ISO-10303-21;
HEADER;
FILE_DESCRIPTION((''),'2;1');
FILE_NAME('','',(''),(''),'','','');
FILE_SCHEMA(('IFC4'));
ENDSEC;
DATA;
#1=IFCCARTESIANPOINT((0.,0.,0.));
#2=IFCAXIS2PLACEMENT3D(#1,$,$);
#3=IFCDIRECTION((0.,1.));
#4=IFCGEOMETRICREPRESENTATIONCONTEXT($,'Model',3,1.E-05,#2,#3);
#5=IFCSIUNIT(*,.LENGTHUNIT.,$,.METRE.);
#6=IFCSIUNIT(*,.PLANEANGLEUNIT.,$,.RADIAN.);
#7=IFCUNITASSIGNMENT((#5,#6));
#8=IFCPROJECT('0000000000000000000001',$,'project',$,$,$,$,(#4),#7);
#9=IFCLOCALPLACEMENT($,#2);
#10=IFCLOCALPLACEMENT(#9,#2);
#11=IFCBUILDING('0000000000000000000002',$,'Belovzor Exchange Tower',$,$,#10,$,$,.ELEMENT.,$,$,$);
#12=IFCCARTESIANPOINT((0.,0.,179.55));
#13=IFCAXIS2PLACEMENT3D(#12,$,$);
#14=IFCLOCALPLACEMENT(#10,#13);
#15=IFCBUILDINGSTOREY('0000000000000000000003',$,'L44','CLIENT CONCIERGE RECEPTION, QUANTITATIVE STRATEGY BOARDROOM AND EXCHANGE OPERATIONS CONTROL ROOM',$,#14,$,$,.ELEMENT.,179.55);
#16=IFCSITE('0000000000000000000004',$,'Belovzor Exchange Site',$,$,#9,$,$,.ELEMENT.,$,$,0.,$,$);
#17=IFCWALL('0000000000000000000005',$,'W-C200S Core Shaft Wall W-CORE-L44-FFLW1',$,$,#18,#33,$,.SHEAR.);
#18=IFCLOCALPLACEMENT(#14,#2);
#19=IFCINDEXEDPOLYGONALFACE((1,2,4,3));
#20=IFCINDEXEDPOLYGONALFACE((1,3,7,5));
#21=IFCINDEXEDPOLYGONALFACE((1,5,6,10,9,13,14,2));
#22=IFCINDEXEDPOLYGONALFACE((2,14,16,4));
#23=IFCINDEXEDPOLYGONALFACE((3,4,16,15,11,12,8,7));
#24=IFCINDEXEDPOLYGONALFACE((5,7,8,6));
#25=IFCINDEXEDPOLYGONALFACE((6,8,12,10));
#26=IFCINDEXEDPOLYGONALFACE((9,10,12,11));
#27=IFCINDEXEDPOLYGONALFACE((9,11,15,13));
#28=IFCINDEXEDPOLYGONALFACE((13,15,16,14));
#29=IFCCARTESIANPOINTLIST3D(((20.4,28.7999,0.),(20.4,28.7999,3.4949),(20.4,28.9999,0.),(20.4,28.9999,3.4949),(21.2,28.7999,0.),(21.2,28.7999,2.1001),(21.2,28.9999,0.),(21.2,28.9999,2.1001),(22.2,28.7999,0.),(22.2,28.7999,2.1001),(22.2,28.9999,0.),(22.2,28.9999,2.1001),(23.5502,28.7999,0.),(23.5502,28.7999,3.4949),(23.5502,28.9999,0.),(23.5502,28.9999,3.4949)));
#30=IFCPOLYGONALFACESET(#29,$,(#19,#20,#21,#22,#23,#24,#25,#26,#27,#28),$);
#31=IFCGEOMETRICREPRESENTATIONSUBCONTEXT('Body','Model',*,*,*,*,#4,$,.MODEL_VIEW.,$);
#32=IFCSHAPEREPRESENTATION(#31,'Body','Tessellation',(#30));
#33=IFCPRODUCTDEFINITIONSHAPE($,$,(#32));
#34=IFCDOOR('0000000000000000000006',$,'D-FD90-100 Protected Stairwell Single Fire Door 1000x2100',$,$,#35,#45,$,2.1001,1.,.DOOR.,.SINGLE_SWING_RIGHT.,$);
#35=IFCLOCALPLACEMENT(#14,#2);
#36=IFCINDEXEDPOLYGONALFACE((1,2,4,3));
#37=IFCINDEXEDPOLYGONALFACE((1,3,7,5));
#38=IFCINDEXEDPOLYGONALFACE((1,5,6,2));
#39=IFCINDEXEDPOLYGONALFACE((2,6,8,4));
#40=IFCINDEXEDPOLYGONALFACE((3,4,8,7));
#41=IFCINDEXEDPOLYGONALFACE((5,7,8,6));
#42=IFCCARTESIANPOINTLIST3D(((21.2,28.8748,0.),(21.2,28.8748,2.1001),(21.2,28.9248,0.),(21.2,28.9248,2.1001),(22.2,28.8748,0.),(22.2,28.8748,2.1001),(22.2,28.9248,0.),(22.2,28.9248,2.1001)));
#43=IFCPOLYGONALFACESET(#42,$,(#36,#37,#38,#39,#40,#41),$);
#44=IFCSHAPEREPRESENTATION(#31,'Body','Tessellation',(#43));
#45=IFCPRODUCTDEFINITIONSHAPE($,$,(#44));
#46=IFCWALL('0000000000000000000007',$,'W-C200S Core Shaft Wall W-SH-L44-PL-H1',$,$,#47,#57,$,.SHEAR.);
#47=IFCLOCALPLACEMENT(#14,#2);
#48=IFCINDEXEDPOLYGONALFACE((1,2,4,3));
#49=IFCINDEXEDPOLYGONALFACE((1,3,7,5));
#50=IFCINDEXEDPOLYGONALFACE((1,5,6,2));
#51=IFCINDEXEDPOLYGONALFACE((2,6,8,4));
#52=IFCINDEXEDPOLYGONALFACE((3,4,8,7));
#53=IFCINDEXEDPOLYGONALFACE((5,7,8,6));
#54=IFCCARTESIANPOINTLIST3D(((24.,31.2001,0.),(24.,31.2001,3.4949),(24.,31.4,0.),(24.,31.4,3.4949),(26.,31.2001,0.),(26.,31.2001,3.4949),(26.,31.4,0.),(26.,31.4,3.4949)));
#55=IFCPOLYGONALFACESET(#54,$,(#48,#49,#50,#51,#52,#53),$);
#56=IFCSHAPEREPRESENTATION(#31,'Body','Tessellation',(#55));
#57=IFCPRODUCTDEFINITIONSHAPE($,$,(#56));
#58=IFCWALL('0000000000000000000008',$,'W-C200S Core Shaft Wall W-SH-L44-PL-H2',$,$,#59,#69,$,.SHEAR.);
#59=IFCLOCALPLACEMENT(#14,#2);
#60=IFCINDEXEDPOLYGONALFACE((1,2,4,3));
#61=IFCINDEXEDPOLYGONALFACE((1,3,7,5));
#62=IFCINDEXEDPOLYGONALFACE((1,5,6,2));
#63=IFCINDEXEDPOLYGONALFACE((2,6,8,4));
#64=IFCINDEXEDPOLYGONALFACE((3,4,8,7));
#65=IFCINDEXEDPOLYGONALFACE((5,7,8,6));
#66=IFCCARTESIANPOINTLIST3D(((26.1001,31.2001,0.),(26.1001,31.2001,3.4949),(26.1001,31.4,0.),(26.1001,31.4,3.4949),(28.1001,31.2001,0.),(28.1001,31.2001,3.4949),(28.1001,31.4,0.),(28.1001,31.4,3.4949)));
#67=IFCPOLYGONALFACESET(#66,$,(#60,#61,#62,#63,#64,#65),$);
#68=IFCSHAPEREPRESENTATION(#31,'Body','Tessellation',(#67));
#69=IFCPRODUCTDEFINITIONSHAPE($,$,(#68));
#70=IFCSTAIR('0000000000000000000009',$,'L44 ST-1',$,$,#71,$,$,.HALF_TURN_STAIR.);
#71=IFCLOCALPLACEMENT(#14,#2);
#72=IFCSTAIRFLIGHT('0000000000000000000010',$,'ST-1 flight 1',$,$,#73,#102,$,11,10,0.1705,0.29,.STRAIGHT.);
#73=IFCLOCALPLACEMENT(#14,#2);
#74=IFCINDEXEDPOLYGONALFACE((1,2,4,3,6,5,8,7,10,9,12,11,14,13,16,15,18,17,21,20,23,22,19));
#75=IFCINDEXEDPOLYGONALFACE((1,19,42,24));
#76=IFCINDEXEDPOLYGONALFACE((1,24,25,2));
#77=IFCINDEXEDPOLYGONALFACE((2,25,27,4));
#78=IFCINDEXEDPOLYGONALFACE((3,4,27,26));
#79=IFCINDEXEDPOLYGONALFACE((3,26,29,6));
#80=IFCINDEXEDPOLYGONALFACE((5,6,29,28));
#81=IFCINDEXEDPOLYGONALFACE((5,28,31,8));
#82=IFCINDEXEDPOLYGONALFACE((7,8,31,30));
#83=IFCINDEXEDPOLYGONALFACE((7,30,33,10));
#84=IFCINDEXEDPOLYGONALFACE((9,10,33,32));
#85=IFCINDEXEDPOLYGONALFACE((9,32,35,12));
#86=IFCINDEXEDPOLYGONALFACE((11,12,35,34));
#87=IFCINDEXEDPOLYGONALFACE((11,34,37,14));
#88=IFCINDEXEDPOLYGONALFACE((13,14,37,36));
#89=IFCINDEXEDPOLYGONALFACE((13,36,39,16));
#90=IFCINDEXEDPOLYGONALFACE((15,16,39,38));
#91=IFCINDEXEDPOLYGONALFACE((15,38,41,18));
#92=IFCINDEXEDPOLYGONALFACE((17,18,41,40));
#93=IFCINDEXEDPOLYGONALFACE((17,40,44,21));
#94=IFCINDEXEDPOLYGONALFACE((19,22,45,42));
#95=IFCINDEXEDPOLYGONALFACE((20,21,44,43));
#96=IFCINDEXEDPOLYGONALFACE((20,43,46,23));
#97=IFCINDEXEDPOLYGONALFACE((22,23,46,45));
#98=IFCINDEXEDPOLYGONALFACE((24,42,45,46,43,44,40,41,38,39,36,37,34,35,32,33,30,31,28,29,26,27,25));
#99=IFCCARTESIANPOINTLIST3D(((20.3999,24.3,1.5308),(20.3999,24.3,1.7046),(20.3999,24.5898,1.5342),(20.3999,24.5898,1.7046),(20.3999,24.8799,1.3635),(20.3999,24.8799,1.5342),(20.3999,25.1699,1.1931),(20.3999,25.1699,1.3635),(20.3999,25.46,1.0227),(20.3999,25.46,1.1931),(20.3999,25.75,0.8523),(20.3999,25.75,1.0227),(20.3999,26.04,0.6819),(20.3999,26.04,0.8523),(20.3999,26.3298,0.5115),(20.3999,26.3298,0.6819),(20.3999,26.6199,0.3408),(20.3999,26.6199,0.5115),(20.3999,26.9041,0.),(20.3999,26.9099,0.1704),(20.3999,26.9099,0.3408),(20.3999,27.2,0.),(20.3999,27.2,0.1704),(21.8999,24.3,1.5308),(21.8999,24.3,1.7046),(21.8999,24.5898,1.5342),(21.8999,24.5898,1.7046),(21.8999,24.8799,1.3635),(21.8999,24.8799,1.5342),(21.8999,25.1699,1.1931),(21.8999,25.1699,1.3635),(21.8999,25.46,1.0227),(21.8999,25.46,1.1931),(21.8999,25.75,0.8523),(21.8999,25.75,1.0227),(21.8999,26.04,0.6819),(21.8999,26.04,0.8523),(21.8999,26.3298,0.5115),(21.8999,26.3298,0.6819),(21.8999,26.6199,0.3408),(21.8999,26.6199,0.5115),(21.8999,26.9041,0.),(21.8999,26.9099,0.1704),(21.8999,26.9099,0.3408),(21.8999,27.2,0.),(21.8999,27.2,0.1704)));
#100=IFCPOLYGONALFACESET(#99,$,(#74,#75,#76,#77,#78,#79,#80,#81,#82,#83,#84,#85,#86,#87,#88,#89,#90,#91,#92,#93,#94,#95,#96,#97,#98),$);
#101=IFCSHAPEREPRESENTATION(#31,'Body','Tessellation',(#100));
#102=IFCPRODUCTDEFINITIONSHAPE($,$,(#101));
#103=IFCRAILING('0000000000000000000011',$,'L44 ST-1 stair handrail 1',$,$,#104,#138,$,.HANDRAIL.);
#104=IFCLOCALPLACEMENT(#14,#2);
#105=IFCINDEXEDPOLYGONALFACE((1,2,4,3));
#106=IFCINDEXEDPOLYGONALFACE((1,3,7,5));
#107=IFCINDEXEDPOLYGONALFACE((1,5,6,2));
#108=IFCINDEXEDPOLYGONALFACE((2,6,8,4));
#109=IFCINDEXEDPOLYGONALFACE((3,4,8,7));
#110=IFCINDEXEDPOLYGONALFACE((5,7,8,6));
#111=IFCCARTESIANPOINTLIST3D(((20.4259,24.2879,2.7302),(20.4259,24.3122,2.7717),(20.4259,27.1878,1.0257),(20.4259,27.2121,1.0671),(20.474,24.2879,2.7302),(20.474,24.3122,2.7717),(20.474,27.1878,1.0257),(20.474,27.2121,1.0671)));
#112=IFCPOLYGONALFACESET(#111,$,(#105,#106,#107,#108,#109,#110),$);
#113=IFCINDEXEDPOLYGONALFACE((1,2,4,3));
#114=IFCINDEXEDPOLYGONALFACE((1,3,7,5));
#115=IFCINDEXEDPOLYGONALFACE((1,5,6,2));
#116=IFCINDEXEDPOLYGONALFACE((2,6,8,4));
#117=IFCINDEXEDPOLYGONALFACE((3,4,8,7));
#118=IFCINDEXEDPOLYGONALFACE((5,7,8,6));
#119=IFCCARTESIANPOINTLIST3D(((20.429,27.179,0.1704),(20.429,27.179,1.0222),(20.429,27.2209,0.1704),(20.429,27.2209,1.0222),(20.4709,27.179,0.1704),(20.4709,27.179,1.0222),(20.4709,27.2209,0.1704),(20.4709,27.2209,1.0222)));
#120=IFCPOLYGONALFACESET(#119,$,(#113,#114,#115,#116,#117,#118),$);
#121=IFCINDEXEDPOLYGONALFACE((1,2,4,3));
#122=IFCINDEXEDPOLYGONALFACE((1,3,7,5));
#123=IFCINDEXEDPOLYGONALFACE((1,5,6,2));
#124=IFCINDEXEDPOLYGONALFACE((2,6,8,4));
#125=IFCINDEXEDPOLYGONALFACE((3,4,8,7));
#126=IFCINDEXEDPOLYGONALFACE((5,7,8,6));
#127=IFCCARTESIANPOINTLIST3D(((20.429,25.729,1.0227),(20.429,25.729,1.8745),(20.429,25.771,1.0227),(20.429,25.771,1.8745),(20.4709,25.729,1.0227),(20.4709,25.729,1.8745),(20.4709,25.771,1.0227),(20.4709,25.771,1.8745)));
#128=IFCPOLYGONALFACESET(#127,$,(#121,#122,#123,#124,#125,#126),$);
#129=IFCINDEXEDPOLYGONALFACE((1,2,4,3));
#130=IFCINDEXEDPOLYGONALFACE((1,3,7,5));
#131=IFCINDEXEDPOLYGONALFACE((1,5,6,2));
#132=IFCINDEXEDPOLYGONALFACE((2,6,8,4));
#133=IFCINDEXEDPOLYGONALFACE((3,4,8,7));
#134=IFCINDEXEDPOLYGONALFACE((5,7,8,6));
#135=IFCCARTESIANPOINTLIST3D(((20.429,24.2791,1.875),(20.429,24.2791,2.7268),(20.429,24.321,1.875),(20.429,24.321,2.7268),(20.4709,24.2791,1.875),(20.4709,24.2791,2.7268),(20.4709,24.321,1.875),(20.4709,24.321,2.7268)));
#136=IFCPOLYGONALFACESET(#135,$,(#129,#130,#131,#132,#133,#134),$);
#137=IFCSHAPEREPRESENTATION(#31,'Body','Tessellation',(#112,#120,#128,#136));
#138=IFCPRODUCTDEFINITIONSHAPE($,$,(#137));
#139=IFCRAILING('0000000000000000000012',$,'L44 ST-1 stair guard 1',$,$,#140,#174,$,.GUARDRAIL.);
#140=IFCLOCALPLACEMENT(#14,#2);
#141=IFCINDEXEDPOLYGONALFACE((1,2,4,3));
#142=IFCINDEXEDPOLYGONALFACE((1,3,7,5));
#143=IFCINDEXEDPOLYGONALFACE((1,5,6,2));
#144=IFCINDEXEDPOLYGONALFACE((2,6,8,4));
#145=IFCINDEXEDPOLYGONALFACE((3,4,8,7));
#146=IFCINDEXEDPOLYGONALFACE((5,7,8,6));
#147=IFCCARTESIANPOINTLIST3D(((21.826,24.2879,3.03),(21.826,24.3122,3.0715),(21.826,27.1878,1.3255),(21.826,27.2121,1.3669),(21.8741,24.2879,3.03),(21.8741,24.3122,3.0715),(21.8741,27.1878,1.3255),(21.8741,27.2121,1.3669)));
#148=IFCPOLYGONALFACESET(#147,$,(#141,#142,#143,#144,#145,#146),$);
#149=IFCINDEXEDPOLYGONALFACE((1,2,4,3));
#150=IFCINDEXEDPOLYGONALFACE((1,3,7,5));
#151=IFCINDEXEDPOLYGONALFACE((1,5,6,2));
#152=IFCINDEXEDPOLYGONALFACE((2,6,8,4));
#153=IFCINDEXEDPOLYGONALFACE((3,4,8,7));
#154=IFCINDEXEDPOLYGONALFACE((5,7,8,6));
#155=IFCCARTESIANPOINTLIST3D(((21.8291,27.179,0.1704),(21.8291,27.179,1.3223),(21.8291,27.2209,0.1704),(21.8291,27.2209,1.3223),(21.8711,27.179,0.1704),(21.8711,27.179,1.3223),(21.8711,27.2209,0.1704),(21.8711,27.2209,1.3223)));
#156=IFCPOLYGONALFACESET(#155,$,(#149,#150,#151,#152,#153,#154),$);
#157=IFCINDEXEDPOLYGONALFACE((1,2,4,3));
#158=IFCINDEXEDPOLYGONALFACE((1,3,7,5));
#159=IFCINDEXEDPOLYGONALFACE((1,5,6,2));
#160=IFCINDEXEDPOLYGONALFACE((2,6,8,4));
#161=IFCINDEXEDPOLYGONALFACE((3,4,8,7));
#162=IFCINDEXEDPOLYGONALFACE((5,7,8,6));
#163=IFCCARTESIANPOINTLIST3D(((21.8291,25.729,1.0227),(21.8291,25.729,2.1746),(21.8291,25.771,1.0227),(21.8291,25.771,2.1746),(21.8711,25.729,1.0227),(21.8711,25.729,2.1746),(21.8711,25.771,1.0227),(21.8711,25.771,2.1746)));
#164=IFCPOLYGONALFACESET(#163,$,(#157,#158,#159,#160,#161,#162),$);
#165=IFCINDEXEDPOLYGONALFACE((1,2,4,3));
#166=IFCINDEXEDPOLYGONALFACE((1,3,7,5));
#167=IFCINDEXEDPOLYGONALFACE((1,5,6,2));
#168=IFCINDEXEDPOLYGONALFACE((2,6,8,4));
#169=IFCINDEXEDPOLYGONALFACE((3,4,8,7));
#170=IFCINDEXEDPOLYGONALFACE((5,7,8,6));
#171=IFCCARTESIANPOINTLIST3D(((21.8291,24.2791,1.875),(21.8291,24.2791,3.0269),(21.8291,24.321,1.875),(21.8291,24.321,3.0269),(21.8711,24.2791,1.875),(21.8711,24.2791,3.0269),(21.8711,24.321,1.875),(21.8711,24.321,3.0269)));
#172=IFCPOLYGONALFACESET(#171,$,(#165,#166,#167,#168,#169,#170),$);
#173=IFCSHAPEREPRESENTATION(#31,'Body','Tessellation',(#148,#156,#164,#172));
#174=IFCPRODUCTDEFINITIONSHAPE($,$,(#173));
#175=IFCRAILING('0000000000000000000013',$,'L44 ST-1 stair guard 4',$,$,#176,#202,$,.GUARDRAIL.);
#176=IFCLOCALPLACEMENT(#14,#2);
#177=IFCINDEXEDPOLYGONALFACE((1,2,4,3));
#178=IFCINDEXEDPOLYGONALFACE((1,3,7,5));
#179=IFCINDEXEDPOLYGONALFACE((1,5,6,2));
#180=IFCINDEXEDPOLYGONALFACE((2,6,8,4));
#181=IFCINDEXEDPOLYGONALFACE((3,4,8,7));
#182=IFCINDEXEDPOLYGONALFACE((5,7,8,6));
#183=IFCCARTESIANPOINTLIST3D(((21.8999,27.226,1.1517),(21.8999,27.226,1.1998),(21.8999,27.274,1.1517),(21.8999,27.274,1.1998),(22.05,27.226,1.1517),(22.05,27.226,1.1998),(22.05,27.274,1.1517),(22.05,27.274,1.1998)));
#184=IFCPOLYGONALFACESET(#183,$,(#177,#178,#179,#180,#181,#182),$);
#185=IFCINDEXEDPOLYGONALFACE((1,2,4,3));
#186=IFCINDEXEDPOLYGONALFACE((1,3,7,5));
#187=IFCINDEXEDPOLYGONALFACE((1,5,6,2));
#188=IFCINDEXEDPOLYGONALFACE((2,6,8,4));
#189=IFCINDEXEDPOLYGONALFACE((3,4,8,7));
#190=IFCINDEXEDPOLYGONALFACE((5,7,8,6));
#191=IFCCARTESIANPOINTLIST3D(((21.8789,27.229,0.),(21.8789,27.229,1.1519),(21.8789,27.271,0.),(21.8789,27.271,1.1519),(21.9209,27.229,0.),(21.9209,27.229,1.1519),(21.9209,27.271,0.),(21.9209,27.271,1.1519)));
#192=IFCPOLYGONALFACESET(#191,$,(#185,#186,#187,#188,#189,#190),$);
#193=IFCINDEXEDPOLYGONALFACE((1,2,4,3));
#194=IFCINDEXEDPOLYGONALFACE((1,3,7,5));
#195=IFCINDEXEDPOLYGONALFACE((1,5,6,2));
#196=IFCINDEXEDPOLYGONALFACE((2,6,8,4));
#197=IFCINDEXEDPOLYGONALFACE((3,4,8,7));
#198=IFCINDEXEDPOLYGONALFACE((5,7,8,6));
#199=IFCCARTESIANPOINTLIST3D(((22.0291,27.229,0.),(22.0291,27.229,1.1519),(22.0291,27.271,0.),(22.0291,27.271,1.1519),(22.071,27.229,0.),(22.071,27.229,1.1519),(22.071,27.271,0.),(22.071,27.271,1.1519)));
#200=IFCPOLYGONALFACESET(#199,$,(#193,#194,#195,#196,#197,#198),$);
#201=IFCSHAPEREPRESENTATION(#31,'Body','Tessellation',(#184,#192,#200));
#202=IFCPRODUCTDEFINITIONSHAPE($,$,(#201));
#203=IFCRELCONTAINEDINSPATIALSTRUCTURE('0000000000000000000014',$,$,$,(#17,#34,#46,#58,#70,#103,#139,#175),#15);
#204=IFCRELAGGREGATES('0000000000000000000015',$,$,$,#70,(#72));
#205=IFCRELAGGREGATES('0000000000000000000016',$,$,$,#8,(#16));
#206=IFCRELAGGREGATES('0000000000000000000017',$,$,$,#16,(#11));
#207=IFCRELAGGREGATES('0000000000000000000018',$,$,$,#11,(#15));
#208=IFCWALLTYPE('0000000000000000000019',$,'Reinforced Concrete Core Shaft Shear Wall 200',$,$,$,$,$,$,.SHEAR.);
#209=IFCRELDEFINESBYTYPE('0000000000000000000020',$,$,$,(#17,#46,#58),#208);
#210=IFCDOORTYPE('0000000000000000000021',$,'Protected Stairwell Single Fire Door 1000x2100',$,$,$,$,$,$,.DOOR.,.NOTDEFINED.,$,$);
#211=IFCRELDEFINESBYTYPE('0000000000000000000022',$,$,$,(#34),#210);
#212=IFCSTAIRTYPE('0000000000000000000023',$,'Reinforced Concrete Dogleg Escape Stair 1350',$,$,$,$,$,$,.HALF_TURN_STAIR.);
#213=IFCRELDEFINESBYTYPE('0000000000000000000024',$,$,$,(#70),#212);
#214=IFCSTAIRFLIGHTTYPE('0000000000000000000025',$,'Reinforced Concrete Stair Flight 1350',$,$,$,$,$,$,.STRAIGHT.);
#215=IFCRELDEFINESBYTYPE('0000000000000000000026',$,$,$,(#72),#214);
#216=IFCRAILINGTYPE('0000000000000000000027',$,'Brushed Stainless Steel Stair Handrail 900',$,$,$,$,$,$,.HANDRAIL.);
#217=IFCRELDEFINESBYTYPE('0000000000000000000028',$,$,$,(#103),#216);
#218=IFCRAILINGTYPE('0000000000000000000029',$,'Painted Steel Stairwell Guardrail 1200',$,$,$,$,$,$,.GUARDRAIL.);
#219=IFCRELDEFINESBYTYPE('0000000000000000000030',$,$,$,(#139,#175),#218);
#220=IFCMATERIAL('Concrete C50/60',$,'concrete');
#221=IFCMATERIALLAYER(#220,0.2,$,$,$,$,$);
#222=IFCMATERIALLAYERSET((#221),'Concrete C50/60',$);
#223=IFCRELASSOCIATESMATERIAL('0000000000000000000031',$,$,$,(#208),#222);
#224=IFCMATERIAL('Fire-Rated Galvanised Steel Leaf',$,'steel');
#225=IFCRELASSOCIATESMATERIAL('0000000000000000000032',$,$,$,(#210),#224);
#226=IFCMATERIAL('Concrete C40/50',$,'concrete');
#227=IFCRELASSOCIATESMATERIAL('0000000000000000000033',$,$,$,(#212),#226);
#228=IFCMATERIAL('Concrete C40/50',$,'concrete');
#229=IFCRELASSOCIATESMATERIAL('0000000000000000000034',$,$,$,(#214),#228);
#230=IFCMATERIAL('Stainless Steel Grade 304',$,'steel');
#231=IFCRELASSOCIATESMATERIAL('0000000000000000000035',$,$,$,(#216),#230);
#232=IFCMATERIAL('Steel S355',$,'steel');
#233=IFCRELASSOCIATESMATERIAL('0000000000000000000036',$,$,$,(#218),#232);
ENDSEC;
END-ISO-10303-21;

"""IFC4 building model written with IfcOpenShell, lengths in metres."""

from ifc_helpers import new_model, si_unit, direction, frame, frame_2d, origin, origin_2d, place, context, subcontext, project, spatial, polyline, rectangle, outline, extrude, material, layer, layer_set, type_object, element, fill, aggregate, save


model = new_model("IFC4")

# Units and contexts
model_context = context("Model", 3, precision=1e-05, world=origin(), true_north=direction((0.0, 1.0)))
body_context = subcontext(model_context, "Body", "Model", "MODEL_VIEW")
ifc_project = project(units=[si_unit("LENGTHUNIT", "METRE"), si_unit("PLANEANGLEUNIT", "RADIAN")], contexts=[model_context])

# Site, building, storey
site_placement = place(None, origin())
site = spatial("IfcSite", under=ifc_project, at=site_placement, Name="Belovzor Exchange Site", CompositionType="ELEMENT", RefElevation=0.0)
building_placement = place(site_placement, origin())
building = spatial("IfcBuilding", under=site, at=building_placement, Name="Belovzor Exchange Tower", CompositionType="ELEMENT")
storey_placement = place(building_placement, frame((0.0, 0.0, 179.55)))
storey = spatial("IfcBuildingStorey", under=building, at=storey_placement, Name="L44", Description="CLIENT CONCIERGE RECEPTION, QUANTITATIVE STRATEGY BOARDROOM AND EXCHANGE OPERATIONS CONTROL ROOM", CompositionType="ELEMENT", Elevation=179.55)

# Wall, opening, door
ifc_material_1 = material(Name="Concrete C50/60", Category="concrete")
ifc_layer_1 = layer(ifc_material_1, 0.2)
ifc_layer_set_1 = layer_set([ifc_layer_1], Name="Concrete C50/60")
wall_type_1 = type_object("IfcWallType", Name="Reinforced Concrete Core Shaft Shear Wall 200", PredefinedType="SHEAR", material=ifc_layer_set_1)
wall_1_placement = place(storey_placement, frame((20.3999, 28.8999, 0.0), z_axis=(0.0, 0.0, 1.0), x_axis=(1.0, 0.0, 0.0)))
wall_1 = element("IfcWall", 1, at=wall_1_placement, inside=storey, type_object=wall_type_1, Name="W-C200S Core Shaft Wall W-CORE-L44-FFLW1", PredefinedType="SHEAR", context=body_context, shape_type="SweptSolid", body=[
    extrude(rectangle(XDim=3.1501, YDim=0.2, at=frame_2d((1.5752, 0.0))), origin(), (0.0, 0.0, 1.0), 3.4949),
])
opening_1_placement = place(wall_1_placement, frame((0.8, 0.0, 0.0)))
opening_1 = element("IfcOpeningElement", 2, at=opening_1_placement, cuts=wall_1, PredefinedType="OPENING", context=body_context, shape_type="SweptSolid", body=[
    extrude(rectangle(XDim=1.0, YDim=2.1001, at=frame_2d((0.5, 1.05))), frame((0.0, 0.1099, 0.0), z_axis=(0.0, -1.0, 0.0), x_axis=(1.0, 0.0, 0.0)), (0.0, 0.0, 1.0), 0.22),
])
ifc_material_2 = material(Name="Fire-Rated Galvanised Steel Leaf", Category="steel")
door_type_1 = type_object("IfcDoorType", Name="Protected Stairwell Single Fire Door 1000x2100", OperationType="NOTDEFINED", PredefinedType="DOOR", material=ifc_material_2)
door_1_placement = place(opening_1_placement, origin())
door_1 = element("IfcDoor", 3, at=door_1_placement, inside=storey, type_object=door_type_1, Name="D-FD90-100 Protected Stairwell Single Fire Door 1000x2100", OperationType="SINGLE_SWING_RIGHT", OverallHeight=2.1001, OverallWidth=1.0, PredefinedType="DOOR", context=body_context, shape_type="SweptSolid", body=[
    extrude(rectangle(XDim=1.0, YDim=2.1001, at=frame_2d((0.5, 1.05))), frame((0.0, 0.0249, 0.0), z_axis=(0.0, -1.0, 0.0), x_axis=(1.0, 0.0, 0.0)), (0.0, 0.0, 1.0), 0.05),
])
fill(opening_1, door_1)

# Walls
for number, where, z_axis, x_axis, name in (
    (4, (24.0, 31.3, 0.0), (0.0, 0.0, 1.0), (1.0, 0.0, 0.0), "W-C200S Core Shaft Wall W-SH-L44-PL-H1"),
    (5, (26.1001, 31.3, 0.0), (0.0, 0.0, 1.0), (1.0, 0.0, 0.0), "W-C200S Core Shaft Wall W-SH-L44-PL-H2"),
):
    element("IfcWall", number, at=place(storey_placement, frame(where, z_axis=z_axis, x_axis=x_axis)), inside=storey, type_object=wall_type_1, Name=name, PredefinedType="SHEAR", context=body_context, shape_type="SweptSolid", body=[
        extrude(rectangle(XDim=2.0, YDim=0.2, at=frame_2d((1.0, 0.0))), origin(), (0.0, 0.0, 1.0), 3.4949),
    ])

# Stair, stair flight
ifc_material_3 = material(Name="Concrete C40/50", Category="concrete")
stair_type = type_object("IfcStairType", Name="Reinforced Concrete Dogleg Escape Stair 1350", PredefinedType="HALF_TURN_STAIR", material=ifc_material_3)
stair_placement = place(storey_placement, origin())
stair = element("IfcStair", 6, at=stair_placement, inside=storey, type_object=stair_type, Name="L44 ST-1", PredefinedType="HALF_TURN_STAIR")
ifc_material_4 = material(Name="Concrete C40/50", Category="concrete")
stair_flight_type = type_object("IfcStairFlightType", Name="Reinforced Concrete Stair Flight 1350", PredefinedType="STRAIGHT", material=ifc_material_4)
stair_flight_placement = place(storey_placement, frame((21.1499, 27.2, 0.0), z_axis=(0.0, 0.0, 1.0), x_axis=(0.0, -1.0, 0.0)))
stair_flight = element("IfcStairFlight", 7, at=stair_flight_placement, type_object=stair_flight_type, Name="ST-1 flight 1", NumberOfRisers=11, NumberOfTreads=10, PredefinedType="STRAIGHT", RiserHeight=0.1705, TreadLength=0.29, context=body_context, shape_type="SweptSolid", body=[
    extrude(outline(polyline([(0.0, 0.0), (0.0, 0.1704), (0.29, 0.1704), (0.29, 0.3408), (0.5801, 0.3408), (0.5801, 0.5115), (0.8701, 0.5115), (0.8701, 0.6819), (1.1599, 0.6819), (1.1599, 0.8523), (1.45, 0.8523), (1.45, 1.0227), (1.74, 1.0227), (1.74, 1.1931), (2.03, 1.1931), (2.03, 1.3635), (2.3201, 1.3635), (2.3201, 1.5342), (2.6101, 1.5342), (2.6101, 1.7046), (2.8999, 1.7046), (2.8999, 1.875), (2.8999, 1.5308), (0.2959, 0.0), (0.0, 0.0)])), frame((0.0, 0.75, 0.0), z_axis=(0.0, -1.0, 0.0), x_axis=(1.0, 0.0, 0.0)), (0.0, 0.0, 1.0), 1.5),
])
aggregate(stair, [stair_flight])

# Railings
ifc_material_5 = material(Name="Stainless Steel Grade 304", Category="steel")
railing_type_1 = type_object("IfcRailingType", Name="Brushed Stainless Steel Stair Handrail 900", PredefinedType="HANDRAIL", material=ifc_material_5)
railing_1_placement = place(storey_placement, frame((20.45, 27.2, 0.1704)))
element("IfcRailing", 8, at=railing_1_placement, inside=storey, type_object=railing_type_1, Name="L44 ST-1 stair handrail 1", PredefinedType="HANDRAIL", context=body_context, shape_type="SweptSolid", body=[
    extrude(rectangle(XDim=0.0481, YDim=0.0481, at=origin_2d()), frame((0.0, 0.0, 0.876), z_axis=(0.0, -0.862095, 0.506747), x_axis=(1.0, 0.0, 0.0)), (0.0, 0.0, 1.0), 3.3638),
    extrude(rectangle(XDim=0.042, YDim=0.042, at=origin_2d()), origin(), (0.0, 0.0, 1.0), 0.8518),
    extrude(rectangle(XDim=0.042, YDim=0.042, at=origin_2d()), frame((0.0, -1.45, 0.8523)), (0.0, 0.0, 1.0), 0.8518),
    extrude(rectangle(XDim=0.042, YDim=0.042, at=origin_2d()), frame((0.0, -2.8999, 1.7046)), (0.0, 0.0, 1.0), 0.8518),
])
ifc_material_6 = material(Name="Steel S355", Category="steel")
railing_type_2 = type_object("IfcRailingType", Name="Painted Steel Stairwell Guardrail 1200", PredefinedType="GUARDRAIL", material=ifc_material_6)
railing_2_placement = place(storey_placement, frame((21.8501, 27.2, 0.1704)))
element("IfcRailing", 9, at=railing_2_placement, inside=storey, type_object=railing_type_2, Name="L44 ST-1 stair guard 1", PredefinedType="GUARDRAIL", context=body_context, shape_type="SweptSolid", body=[
    extrude(rectangle(XDim=0.0481, YDim=0.0481, at=origin_2d()), frame((0.0, 0.0, 1.1758), z_axis=(0.0, -0.862095, 0.506747), x_axis=(1.0, 0.0, 0.0)), (0.0, 0.0, 1.0), 3.3638),
    extrude(rectangle(XDim=0.042, YDim=0.042, at=origin_2d()), origin(), (0.0, 0.0, 1.0), 1.1519),
    extrude(rectangle(XDim=0.042, YDim=0.042, at=origin_2d()), frame((0.0, -1.45, 0.8523)), (0.0, 0.0, 1.0), 1.1519),
    extrude(rectangle(XDim=0.042, YDim=0.042, at=origin_2d()), frame((0.0, -2.8999, 1.7046)), (0.0, 0.0, 1.0), 1.1519),
])
railing_3_placement = place(storey_placement, frame((21.8999, 27.25, 0.0)))
element("IfcRailing", 10, at=railing_3_placement, inside=storey, type_object=railing_type_2, Name="L44 ST-1 stair guard 4", PredefinedType="GUARDRAIL", context=body_context, shape_type="SweptSolid", body=[
    extrude(rectangle(XDim=0.0481, YDim=0.0481, at=origin_2d()), frame((0.0, 0.0, 1.1758), z_axis=(1.0, 0.0, 0.0), x_axis=(0.0, 1.0, 0.0)), (0.0, 0.0, 1.0), 0.1501),
    extrude(rectangle(XDim=0.042, YDim=0.042, at=origin_2d()), origin(), (0.0, 0.0, 1.0), 1.1519),
    extrude(rectangle(XDim=0.042, YDim=0.042, at=origin_2d()), frame((0.1501, 0.0, 0.0)), (0.0, 0.0, 1.0), 1.1519),
])

save(model, "model.ifc")
